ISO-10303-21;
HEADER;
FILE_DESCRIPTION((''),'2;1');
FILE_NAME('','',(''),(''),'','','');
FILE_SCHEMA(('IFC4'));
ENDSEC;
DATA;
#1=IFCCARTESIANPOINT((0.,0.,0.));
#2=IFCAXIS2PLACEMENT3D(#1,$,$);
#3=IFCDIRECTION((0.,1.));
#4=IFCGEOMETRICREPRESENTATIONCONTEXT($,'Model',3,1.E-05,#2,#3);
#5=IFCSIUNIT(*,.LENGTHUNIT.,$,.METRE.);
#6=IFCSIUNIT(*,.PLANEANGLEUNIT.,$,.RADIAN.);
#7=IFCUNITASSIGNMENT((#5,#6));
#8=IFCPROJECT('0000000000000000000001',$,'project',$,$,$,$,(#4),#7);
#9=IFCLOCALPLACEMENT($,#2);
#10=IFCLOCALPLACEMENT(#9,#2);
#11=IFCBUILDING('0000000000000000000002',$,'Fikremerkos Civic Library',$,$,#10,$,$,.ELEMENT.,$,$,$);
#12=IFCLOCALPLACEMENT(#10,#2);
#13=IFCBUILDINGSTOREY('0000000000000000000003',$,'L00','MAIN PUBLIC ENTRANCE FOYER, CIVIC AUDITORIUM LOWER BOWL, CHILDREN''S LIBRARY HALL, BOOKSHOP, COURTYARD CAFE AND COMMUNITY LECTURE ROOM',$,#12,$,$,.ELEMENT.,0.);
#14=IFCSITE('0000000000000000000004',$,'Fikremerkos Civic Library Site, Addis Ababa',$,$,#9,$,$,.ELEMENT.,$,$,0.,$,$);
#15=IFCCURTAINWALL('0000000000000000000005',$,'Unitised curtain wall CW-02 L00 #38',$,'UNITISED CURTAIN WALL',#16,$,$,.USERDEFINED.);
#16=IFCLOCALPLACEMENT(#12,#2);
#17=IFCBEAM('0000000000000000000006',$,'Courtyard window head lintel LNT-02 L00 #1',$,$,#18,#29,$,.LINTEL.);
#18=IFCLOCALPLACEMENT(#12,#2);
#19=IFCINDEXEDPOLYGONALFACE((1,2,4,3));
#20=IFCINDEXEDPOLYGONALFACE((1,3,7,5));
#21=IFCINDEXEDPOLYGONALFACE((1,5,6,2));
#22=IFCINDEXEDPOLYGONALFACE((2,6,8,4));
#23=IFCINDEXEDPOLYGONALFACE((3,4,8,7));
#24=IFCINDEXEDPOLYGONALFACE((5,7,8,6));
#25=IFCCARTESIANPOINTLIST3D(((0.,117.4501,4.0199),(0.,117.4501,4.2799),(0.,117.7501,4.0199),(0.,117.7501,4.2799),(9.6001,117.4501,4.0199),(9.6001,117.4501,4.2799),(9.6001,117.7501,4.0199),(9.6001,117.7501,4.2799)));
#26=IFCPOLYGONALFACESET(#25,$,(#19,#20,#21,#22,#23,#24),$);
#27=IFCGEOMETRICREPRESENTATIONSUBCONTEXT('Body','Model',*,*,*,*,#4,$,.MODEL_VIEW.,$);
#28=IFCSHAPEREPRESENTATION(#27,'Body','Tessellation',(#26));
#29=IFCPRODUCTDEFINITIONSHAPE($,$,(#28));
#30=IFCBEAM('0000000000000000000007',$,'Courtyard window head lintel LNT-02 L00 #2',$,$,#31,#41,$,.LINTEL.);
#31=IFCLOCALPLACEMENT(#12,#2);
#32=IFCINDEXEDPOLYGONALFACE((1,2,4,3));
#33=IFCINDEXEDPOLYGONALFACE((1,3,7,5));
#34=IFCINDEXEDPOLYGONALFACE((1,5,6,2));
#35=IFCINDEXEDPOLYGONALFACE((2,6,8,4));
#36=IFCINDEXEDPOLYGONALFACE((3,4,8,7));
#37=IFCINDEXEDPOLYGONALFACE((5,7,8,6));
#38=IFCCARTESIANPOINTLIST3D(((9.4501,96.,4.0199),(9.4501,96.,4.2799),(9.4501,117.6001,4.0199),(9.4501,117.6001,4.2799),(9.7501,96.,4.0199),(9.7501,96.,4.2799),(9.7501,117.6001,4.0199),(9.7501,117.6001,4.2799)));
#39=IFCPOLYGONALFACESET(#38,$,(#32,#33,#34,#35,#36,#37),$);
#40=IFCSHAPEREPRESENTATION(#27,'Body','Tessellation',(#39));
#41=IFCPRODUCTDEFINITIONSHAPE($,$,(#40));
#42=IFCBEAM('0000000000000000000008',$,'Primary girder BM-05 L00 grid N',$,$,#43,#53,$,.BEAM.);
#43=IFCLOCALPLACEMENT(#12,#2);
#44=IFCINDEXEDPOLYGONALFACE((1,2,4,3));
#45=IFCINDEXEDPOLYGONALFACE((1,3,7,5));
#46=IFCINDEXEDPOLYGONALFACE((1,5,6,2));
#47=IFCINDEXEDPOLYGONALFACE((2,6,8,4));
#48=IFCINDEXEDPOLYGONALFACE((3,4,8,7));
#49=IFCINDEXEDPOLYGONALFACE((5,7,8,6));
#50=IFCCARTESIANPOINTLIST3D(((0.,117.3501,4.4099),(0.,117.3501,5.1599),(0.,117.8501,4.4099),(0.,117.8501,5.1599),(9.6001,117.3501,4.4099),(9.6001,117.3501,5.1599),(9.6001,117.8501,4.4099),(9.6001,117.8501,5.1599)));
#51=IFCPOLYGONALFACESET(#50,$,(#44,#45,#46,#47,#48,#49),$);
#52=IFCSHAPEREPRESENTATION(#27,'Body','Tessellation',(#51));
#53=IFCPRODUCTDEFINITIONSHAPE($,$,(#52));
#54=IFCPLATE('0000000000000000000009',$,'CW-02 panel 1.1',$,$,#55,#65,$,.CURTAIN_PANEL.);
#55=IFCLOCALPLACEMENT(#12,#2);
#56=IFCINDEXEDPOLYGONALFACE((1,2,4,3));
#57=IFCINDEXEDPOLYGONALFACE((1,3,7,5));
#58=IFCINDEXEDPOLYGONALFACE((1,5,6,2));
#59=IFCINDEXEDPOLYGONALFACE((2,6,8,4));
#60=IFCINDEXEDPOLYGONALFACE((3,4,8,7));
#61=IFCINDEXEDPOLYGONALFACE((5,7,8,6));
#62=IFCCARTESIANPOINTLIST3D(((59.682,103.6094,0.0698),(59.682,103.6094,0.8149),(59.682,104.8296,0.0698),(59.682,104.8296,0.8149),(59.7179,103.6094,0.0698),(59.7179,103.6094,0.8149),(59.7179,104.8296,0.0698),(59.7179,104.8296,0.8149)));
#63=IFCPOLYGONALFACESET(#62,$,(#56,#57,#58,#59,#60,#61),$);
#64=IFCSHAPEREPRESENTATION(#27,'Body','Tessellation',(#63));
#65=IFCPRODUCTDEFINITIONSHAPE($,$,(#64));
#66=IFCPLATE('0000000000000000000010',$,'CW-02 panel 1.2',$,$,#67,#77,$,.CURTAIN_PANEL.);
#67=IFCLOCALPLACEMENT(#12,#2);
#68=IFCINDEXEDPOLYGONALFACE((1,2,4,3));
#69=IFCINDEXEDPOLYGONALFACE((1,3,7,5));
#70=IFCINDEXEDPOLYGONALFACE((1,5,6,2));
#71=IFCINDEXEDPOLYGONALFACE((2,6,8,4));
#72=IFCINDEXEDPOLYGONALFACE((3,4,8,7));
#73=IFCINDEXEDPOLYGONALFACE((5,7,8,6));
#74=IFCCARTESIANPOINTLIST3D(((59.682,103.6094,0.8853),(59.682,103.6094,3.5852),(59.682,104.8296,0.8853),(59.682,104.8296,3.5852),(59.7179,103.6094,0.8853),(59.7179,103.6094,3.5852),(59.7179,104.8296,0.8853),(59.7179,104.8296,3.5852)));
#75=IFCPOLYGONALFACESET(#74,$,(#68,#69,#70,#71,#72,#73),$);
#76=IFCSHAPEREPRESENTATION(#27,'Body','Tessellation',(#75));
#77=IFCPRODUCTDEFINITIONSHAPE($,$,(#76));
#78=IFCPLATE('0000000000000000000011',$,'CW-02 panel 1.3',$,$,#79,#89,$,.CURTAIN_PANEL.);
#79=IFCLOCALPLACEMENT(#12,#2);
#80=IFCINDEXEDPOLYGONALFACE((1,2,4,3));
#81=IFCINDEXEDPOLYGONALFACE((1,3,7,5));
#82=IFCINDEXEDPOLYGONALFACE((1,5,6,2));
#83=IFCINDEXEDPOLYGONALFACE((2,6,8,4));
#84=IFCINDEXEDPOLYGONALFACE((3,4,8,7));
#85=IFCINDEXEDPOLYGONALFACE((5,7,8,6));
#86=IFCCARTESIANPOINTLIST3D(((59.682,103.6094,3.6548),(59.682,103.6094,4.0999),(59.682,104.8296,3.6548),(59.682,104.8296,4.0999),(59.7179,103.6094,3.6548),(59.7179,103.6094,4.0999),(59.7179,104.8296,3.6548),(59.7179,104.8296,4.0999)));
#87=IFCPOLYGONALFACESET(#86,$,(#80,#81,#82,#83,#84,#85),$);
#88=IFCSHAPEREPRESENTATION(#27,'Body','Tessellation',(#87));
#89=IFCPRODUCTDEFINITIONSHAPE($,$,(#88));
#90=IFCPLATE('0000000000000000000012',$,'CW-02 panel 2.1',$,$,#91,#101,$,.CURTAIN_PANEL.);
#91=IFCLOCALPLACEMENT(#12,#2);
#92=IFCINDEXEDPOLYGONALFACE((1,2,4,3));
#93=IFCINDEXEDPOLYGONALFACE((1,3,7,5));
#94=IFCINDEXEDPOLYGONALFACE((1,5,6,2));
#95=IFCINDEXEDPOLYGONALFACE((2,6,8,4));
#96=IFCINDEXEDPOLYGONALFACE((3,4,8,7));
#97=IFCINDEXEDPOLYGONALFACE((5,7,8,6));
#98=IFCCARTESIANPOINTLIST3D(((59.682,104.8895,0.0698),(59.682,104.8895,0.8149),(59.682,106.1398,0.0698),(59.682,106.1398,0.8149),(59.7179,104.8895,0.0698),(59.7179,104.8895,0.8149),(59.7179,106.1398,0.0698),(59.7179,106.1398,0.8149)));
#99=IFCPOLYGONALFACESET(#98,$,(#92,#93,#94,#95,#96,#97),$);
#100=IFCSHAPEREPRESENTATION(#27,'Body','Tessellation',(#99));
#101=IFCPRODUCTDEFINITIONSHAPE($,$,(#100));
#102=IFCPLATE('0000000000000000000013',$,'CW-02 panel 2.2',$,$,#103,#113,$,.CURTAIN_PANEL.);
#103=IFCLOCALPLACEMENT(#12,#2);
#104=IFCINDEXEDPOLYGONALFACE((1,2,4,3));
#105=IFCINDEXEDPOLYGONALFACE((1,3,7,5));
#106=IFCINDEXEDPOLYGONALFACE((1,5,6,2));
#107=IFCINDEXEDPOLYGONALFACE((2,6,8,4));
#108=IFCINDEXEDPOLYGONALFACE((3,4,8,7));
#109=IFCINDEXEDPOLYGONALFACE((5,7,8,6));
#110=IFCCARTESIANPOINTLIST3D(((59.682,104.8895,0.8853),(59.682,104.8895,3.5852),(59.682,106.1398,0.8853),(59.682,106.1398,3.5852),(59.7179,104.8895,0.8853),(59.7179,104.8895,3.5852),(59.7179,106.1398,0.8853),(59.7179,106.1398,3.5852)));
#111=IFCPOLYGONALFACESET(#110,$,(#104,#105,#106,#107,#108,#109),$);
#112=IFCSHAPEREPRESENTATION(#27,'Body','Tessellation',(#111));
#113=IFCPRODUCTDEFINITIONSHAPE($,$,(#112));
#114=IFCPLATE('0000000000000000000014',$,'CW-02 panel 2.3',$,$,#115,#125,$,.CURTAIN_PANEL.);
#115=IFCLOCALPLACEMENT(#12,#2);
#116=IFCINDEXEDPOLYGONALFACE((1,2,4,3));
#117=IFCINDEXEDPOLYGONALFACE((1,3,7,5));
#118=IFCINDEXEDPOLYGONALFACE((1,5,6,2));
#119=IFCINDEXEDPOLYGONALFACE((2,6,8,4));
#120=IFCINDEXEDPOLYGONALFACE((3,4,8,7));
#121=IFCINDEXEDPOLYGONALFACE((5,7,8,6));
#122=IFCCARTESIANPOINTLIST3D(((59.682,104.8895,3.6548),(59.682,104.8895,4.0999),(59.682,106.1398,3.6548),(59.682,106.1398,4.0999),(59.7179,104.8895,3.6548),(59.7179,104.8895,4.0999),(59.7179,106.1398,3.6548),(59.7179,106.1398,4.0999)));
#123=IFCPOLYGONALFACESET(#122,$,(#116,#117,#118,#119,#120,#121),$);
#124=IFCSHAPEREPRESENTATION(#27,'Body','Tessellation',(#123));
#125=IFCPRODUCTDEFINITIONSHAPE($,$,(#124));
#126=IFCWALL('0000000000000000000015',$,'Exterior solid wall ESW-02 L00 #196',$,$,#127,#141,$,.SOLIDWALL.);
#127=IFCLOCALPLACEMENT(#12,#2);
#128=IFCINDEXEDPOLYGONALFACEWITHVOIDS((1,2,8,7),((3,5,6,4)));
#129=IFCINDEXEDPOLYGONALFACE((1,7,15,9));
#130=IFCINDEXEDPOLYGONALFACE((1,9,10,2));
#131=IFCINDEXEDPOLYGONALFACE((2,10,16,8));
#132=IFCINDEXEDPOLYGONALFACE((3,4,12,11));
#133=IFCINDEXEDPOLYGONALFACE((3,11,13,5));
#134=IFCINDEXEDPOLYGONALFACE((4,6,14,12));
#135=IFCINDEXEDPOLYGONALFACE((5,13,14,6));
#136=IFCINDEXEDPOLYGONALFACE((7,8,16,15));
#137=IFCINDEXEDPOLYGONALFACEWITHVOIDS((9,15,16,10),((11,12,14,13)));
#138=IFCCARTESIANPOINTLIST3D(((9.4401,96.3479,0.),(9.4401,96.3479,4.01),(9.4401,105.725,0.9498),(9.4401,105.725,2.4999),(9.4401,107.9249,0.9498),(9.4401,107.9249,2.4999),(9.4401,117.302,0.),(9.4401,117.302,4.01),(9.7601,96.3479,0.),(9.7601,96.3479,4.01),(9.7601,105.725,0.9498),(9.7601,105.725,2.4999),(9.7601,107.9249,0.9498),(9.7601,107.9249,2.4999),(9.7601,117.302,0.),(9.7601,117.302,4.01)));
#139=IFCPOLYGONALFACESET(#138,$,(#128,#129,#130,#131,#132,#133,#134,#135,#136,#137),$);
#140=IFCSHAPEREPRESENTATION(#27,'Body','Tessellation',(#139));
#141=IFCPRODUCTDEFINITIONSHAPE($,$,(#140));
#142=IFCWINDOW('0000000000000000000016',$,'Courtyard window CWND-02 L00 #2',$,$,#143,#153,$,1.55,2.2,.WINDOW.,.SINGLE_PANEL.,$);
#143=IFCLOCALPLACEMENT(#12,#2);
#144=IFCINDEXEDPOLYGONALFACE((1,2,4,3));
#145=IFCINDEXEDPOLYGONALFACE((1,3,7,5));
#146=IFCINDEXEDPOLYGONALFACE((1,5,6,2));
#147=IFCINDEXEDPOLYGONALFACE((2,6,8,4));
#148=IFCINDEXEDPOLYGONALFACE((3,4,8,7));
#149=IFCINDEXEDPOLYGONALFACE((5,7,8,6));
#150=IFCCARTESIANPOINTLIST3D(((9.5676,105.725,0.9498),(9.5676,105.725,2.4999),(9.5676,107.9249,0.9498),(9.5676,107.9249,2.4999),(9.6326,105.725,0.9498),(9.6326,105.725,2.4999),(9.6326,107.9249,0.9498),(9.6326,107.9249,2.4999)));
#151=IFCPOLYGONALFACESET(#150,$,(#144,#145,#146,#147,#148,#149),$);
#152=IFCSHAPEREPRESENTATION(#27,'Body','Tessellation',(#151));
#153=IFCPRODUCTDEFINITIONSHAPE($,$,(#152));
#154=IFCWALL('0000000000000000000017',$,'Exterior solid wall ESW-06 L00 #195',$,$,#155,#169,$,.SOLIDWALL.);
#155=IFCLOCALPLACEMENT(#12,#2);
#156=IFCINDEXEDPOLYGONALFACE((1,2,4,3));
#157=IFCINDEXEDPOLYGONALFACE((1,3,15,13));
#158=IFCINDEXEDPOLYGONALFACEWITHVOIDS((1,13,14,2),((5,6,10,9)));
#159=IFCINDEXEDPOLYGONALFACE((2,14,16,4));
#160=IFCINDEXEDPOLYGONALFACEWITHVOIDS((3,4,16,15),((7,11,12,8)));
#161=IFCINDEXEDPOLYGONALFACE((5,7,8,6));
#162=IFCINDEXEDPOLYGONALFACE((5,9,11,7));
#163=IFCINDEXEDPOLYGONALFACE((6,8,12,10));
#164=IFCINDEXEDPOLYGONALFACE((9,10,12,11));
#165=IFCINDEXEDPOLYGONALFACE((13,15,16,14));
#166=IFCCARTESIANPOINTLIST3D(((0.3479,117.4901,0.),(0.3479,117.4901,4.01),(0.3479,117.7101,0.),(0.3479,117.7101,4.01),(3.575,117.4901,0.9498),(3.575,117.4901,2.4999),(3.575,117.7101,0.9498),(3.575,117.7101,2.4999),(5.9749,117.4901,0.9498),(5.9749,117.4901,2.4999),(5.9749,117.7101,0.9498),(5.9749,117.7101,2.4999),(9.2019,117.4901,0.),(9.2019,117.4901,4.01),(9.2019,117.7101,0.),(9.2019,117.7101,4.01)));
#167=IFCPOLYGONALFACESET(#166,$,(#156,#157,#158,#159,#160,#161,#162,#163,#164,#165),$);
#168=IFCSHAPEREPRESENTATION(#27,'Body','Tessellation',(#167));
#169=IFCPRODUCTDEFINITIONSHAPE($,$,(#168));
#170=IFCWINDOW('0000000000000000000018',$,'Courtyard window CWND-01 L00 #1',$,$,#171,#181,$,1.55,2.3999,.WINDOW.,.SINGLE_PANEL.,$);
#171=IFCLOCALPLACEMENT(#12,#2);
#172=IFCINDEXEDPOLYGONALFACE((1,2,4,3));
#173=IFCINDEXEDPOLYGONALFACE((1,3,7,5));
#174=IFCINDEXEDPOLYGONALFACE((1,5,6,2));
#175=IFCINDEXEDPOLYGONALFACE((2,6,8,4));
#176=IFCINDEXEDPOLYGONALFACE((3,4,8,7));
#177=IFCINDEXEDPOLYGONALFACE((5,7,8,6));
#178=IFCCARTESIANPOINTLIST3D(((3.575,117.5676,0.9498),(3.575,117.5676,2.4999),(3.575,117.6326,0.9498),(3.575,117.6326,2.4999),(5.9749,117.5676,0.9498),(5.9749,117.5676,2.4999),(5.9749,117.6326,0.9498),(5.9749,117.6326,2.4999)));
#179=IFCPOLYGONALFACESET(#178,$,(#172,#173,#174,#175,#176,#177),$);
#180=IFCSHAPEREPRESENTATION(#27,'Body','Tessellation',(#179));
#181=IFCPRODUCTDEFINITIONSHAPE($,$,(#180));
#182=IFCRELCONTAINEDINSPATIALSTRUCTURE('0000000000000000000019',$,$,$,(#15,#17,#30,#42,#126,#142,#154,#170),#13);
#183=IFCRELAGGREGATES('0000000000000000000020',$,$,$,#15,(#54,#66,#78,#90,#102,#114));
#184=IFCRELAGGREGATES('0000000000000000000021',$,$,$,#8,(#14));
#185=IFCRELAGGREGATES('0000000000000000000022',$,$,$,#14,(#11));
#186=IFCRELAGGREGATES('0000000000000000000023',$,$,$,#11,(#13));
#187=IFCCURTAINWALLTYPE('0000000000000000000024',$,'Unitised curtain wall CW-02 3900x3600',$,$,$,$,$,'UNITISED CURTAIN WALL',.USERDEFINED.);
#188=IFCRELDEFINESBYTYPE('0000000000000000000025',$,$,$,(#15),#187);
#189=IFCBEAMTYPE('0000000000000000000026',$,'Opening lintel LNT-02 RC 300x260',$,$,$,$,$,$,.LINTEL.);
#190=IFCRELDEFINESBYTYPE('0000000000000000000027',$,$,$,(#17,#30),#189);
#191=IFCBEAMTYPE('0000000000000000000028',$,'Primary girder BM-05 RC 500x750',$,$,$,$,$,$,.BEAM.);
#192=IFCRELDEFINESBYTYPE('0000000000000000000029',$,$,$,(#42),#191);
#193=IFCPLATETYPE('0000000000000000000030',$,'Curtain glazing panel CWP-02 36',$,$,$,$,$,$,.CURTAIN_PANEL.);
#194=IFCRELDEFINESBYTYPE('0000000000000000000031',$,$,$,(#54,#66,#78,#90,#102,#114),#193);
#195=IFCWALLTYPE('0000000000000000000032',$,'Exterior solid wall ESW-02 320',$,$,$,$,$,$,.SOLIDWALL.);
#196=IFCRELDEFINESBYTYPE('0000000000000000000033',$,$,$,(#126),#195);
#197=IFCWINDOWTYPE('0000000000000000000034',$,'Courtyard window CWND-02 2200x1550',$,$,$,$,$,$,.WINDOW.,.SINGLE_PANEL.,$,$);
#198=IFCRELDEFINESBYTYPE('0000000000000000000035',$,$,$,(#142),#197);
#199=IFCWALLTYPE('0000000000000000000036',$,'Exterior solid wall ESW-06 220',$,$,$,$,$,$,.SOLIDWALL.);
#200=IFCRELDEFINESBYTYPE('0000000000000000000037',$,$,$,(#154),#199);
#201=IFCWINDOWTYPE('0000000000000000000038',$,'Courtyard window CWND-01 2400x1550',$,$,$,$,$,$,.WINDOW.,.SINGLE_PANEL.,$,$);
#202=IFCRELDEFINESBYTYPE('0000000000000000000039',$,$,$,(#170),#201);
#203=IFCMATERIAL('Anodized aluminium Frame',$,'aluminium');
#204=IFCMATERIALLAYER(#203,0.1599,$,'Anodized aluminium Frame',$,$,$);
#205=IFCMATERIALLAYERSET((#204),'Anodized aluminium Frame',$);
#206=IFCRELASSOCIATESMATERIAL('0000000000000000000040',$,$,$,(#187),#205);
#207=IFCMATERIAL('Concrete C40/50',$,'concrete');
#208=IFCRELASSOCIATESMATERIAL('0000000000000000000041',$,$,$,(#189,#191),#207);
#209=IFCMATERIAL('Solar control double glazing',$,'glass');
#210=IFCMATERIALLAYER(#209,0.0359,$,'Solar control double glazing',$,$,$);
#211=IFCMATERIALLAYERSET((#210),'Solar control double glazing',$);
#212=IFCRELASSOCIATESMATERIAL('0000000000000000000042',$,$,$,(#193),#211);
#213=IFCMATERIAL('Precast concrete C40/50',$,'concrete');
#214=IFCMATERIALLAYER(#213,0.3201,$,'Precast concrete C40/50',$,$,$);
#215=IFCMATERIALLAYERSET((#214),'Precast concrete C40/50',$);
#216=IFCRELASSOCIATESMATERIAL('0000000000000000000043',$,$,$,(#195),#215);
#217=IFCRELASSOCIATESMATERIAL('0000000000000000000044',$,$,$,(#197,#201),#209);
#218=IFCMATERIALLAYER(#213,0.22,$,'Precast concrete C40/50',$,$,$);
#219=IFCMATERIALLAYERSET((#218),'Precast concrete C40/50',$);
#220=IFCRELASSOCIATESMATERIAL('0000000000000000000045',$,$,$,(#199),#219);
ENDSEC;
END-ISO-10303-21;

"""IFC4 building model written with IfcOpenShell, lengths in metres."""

from ifc_helpers import new_model, si_unit, direction, frame, frame_2d, origin, origin_2d, place, context, subcontext, project, spatial, rectangle, extrude, material, layer, layer_set, material_profile, profile_set, type_object, element, fill, aggregate, save


model = new_model("IFC4")

# Units and contexts
model_context = context("Model", 3, precision=1e-05, world=origin(), true_north=direction((0.0, 1.0)))
body_context = subcontext(model_context, "Body", "Model", "MODEL_VIEW")
ifc_project = project(units=[si_unit("LENGTHUNIT", "METRE"), si_unit("PLANEANGLEUNIT", "RADIAN")], contexts=[model_context])

# Site, building, storey
site_placement = place(None, origin())
site = spatial("IfcSite", under=ifc_project, at=site_placement, Name="Fikremerkos Civic Library Site, Addis Ababa", CompositionType="ELEMENT", RefElevation=0.0)
building_placement = place(site_placement, origin())
building = spatial("IfcBuilding", under=site, at=building_placement, Name="Fikremerkos Civic Library", CompositionType="ELEMENT")
storey_placement = place(building_placement, origin())
storey = spatial("IfcBuildingStorey", under=building, at=storey_placement, Name="L00", Description="MAIN PUBLIC ENTRANCE FOYER, CIVIC AUDITORIUM LOWER BOWL, CHILDREN'S LIBRARY HALL, BOOKSHOP, COURTYARD CAFE AND COMMUNITY LECTURE ROOM", CompositionType="ELEMENT", Elevation=0.0)

# Shared definitions
ifc_material_1 = material(Name="Concrete C40/50", Category="concrete")

# Curtain wall
ifc_material_2 = material(Name="Anodized aluminium Frame", Category="aluminium")
ifc_layer_1 = layer(ifc_material_2, 0.1599, Name="Anodized aluminium Frame")
ifc_layer_set_1 = layer_set([ifc_layer_1], Name="Anodized aluminium Frame")
curtain_wall_type = type_object("IfcCurtainWallType", Name="Unitised curtain wall CW-02 3900x3600", ElementType="UNITISED CURTAIN WALL", PredefinedType="USERDEFINED", material=ifc_layer_set_1)
curtain_wall_placement = place(storey_placement, origin())
curtain_wall = element("IfcCurtainWall", 1, at=curtain_wall_placement, inside=storey, type_object=curtain_wall_type, Name="Unitised curtain wall CW-02 L00 #38", ObjectType="UNITISED CURTAIN WALL", PredefinedType="USERDEFINED")

# Beams
ifc_material_profile_1 = material_profile(ifc_material_1, rectangle(XDim=0.3, YDim=0.26, at=origin_2d()), Name="RC 300x260")
ifc_profile_set_1 = profile_set([ifc_material_profile_1], Name="Concrete C40/50")
beam_type_1 = type_object("IfcBeamType", Name="Opening lintel LNT-02 RC 300x260", PredefinedType="LINTEL", material=ifc_profile_set_1)
beam_1_placement = place(storey_placement, frame((0.0, 117.6001, 4.1499), z_axis=(1.0, 0.0, 0.0), x_axis=(0.0, 1.0, 0.0)))
element("IfcBeam", 2, at=beam_1_placement, inside=storey, type_object=beam_type_1, Name="Courtyard window head lintel LNT-02 L00 #1", PredefinedType="LINTEL", context=body_context, shape_type="SweptSolid", body=[
    extrude(rectangle(XDim=0.3, YDim=0.26, at=origin_2d()), origin(), (0.0, 0.0, 1.0), 9.6001),
])
beam_2_placement = place(storey_placement, frame((9.6001, 117.6001, 4.1499), z_axis=(0.0, -1.0, 0.0), x_axis=(1.0, 0.0, 0.0)))
element("IfcBeam", 3, at=beam_2_placement, inside=storey, type_object=beam_type_1, Name="Courtyard window head lintel LNT-02 L00 #2", PredefinedType="LINTEL", context=body_context, shape_type="SweptSolid", body=[
    extrude(rectangle(XDim=0.3, YDim=0.26, at=origin_2d()), origin(), (0.0, 0.0, 1.0), 21.6001),
])
ifc_material_profile_2 = material_profile(ifc_material_1, rectangle(XDim=0.5, YDim=0.75, at=origin_2d()), Name="RC 500x750")
ifc_profile_set_2 = profile_set([ifc_material_profile_2], Name="Concrete C40/50")
beam_type_2 = type_object("IfcBeamType", Name="Primary girder BM-05 RC 500x750", PredefinedType="BEAM", material=ifc_profile_set_2)
beam_3_placement = place(storey_placement, frame((0.0, 117.6001, 4.7849), z_axis=(1.0, 0.0, 0.0), x_axis=(0.0, 1.0, 0.0)))
element("IfcBeam", 4, at=beam_3_placement, inside=storey, type_object=beam_type_2, Name="Primary girder BM-05 L00 grid N", PredefinedType="BEAM", context=body_context, shape_type="SweptSolid", body=[
    extrude(rectangle(XDim=0.5, YDim=0.75, at=origin_2d()), origin(), (0.0, 0.0, 1.0), 9.6001),
])

# Plates
ifc_material_3 = material(Name="Solar control double glazing", Category="glass")
ifc_layer_2 = layer(ifc_material_3, 0.0359, Name="Solar control double glazing")
ifc_layer_set_2 = layer_set([ifc_layer_2], Name="Solar control double glazing")
plate_type = type_object("IfcPlateType", Name="Curtain glazing panel CWP-02 36", PredefinedType="CURTAIN_PANEL", material=ifc_layer_set_2)
plate_1_placement = place(storey_placement, frame((59.7, 104.2195, 0.0698), z_axis=(0.0, 0.0, 1.0), x_axis=(0.0, 1.0, 0.0)))
plate_1 = element("IfcPlate", 5, at=plate_1_placement, type_object=plate_type, Name="CW-02 panel 1.1", PredefinedType="CURTAIN_PANEL", context=body_context, shape_type="SweptSolid", body=[
    extrude(rectangle(XDim=1.2202, YDim=0.0359, at=origin_2d()), origin(), (0.0, 0.0, 1.0), 0.7451),
])
plate_2_placement = place(storey_placement, frame((59.7, 104.2195, 0.8853), z_axis=(0.0, 0.0, 1.0), x_axis=(0.0, 1.0, 0.0)))
plate_2 = element("IfcPlate", 6, at=plate_2_placement, type_object=plate_type, Name="CW-02 panel 1.2", PredefinedType="CURTAIN_PANEL", context=body_context, shape_type="SweptSolid", body=[
    extrude(rectangle(XDim=1.2202, YDim=0.0359, at=origin_2d()), origin(), (0.0, 0.0, 1.0), 2.7),
])
plate_3_placement = place(storey_placement, frame((59.7, 104.2195, 3.6548), z_axis=(0.0, 0.0, 1.0), x_axis=(0.0, 1.0, 0.0)))
plate_3 = element("IfcPlate", 7, at=plate_3_placement, type_object=plate_type, Name="CW-02 panel 1.3", PredefinedType="CURTAIN_PANEL", context=body_context, shape_type="SweptSolid", body=[
    extrude(rectangle(XDim=1.2202, YDim=0.0359, at=origin_2d()), origin(), (0.0, 0.0, 1.0), 0.4451),
])
plate_4_placement = place(storey_placement, frame((59.7, 105.5146, 0.0698), z_axis=(0.0, 0.0, 1.0), x_axis=(0.0, 1.0, 0.0)))
plate_4 = element("IfcPlate", 8, at=plate_4_placement, type_object=plate_type, Name="CW-02 panel 2.1", PredefinedType="CURTAIN_PANEL", context=body_context, shape_type="SweptSolid", body=[
    extrude(rectangle(XDim=1.2502, YDim=0.0359, at=origin_2d()), origin(), (0.0, 0.0, 1.0), 0.7451),
])
plate_5_placement = place(storey_placement, frame((59.7, 105.5146, 0.8853), z_axis=(0.0, 0.0, 1.0), x_axis=(0.0, 1.0, 0.0)))
plate_5 = element("IfcPlate", 9, at=plate_5_placement, type_object=plate_type, Name="CW-02 panel 2.2", PredefinedType="CURTAIN_PANEL", context=body_context, shape_type="SweptSolid", body=[
    extrude(rectangle(XDim=1.2502, YDim=0.0359, at=origin_2d()), origin(), (0.0, 0.0, 1.0), 2.7),
])
plate_6_placement = place(storey_placement, frame((59.7, 105.5146, 3.6548), z_axis=(0.0, 0.0, 1.0), x_axis=(0.0, 1.0, 0.0)))
plate_6 = element("IfcPlate", 10, at=plate_6_placement, type_object=plate_type, Name="CW-02 panel 2.3", PredefinedType="CURTAIN_PANEL", context=body_context, shape_type="SweptSolid", body=[
    extrude(rectangle(XDim=1.2502, YDim=0.0359, at=origin_2d()), origin(), (0.0, 0.0, 1.0), 0.4451),
])
aggregate(curtain_wall, [plate_1, plate_2, plate_3, plate_4, plate_5, plate_6])

# Walls, openings, windows
ifc_material_4 = material(Name="Precast concrete C40/50", Category="concrete")
ifc_layer_3 = layer(ifc_material_4, 0.3201, Name="Precast concrete C40/50")
ifc_layer_set_3 = layer_set([ifc_layer_3], Name="Precast concrete C40/50")
wall_type_1 = type_object("IfcWallType", Name="Exterior solid wall ESW-02 320", PredefinedType="SOLIDWALL", material=ifc_layer_set_3)
wall_1_placement = place(storey_placement, frame((9.6001, 117.302, 0.0), z_axis=(0.0, 0.0, 1.0), x_axis=(0.0, -1.0, 0.0)))
wall_1 = element("IfcWall", 11, at=wall_1_placement, inside=storey, type_object=wall_type_1, Name="Exterior solid wall ESW-02 L00 #196", PredefinedType="SOLIDWALL", context=body_context, shape_type="SweptSolid", body=[
    extrude(rectangle(XDim=20.9541, YDim=0.3201, at=frame_2d((10.4771, 0.0))), origin(), (0.0, 0.0, 1.0), 4.01),
])
opening_1_placement = place(wall_1_placement, frame((9.377, 0.0, 0.95)))
opening_1 = element("IfcOpeningElement", 12, at=opening_1_placement, cuts=wall_1, PredefinedType="OPENING", context=body_context, shape_type="SweptSolid", body=[
    extrude(rectangle(XDim=2.2, YDim=1.55, at=frame_2d((1.1001, 0.7749))), frame((0.0, 0.1699, 0.0), z_axis=(0.0, -1.0, 0.0), x_axis=(1.0, 0.0, 0.0)), (0.0, 0.0, 1.0), 0.3401),
])
window_type_1 = type_object("IfcWindowType", Name="Courtyard window CWND-02 2200x1550", PartitioningType="SINGLE_PANEL", PredefinedType="WINDOW", material=ifc_material_3)
window_1_placement = place(opening_1_placement, origin())
window_1 = element("IfcWindow", 13, at=window_1_placement, inside=storey, type_object=window_type_1, Name="Courtyard window CWND-02 L00 #2", OverallHeight=1.55, OverallWidth=2.2, PartitioningType="SINGLE_PANEL", PredefinedType="WINDOW", context=body_context, shape_type="SweptSolid", body=[
    extrude(rectangle(XDim=2.2, YDim=1.55, at=frame_2d((1.1001, 0.7749))), frame((0.0, 0.0325, 0.0), z_axis=(0.0, -1.0, 0.0), x_axis=(1.0, 0.0, 0.0)), (0.0, 0.0, 1.0), 0.0649),
])
fill(opening_1, window_1)
ifc_layer_4 = layer(ifc_material_4, 0.22, Name="Precast concrete C40/50")
ifc_layer_set_4 = layer_set([ifc_layer_4], Name="Precast concrete C40/50")
wall_type_2 = type_object("IfcWallType", Name="Exterior solid wall ESW-06 220", PredefinedType="SOLIDWALL", material=ifc_layer_set_4)
wall_2_placement = place(storey_placement, frame((0.3479, 117.6001, 0.0), z_axis=(0.0, 0.0, 1.0), x_axis=(1.0, 0.0, 0.0)))
wall_2 = element("IfcWall", 14, at=wall_2_placement, inside=storey, type_object=wall_type_2, Name="Exterior solid wall ESW-06 L00 #195", PredefinedType="SOLIDWALL", context=body_context, shape_type="SweptSolid", body=[
    extrude(rectangle(XDim=8.854, YDim=0.22, at=frame_2d((4.427, 0.0))), origin(), (0.0, 0.0, 1.0), 4.01),
])
opening_2_placement = place(wall_2_placement, frame((3.2271, 0.0, 0.95)))
opening_2 = element("IfcOpeningElement", 15, at=opening_2_placement, cuts=wall_2, PredefinedType="OPENING", context=body_context, shape_type="SweptSolid", body=[
    extrude(rectangle(XDim=2.3999, YDim=1.55, at=frame_2d((1.2, 0.7749))), frame((0.0, 0.1199, 0.0), z_axis=(0.0, -1.0, 0.0), x_axis=(1.0, 0.0, 0.0)), (0.0, 0.0, 1.0), 0.24),
])
window_type_2 = type_object("IfcWindowType", Name="Courtyard window CWND-01 2400x1550", PartitioningType="SINGLE_PANEL", PredefinedType="WINDOW", material=ifc_material_3)
window_2_placement = place(opening_2_placement, origin())
window_2 = element("IfcWindow", 16, at=window_2_placement, inside=storey, type_object=window_type_2, Name="Courtyard window CWND-01 L00 #1", OverallHeight=1.55, OverallWidth=2.3999, PartitioningType="SINGLE_PANEL", PredefinedType="WINDOW", context=body_context, shape_type="SweptSolid", body=[
    extrude(rectangle(XDim=2.3999, YDim=1.55, at=frame_2d((1.2, 0.7749))), frame((0.0, 0.0325, 0.0), z_axis=(0.0, -1.0, 0.0), x_axis=(1.0, 0.0, 0.0)), (0.0, 0.0, 1.0), 0.0649),
])
fill(opening_2, window_2)

save(model, "model.ifc")
